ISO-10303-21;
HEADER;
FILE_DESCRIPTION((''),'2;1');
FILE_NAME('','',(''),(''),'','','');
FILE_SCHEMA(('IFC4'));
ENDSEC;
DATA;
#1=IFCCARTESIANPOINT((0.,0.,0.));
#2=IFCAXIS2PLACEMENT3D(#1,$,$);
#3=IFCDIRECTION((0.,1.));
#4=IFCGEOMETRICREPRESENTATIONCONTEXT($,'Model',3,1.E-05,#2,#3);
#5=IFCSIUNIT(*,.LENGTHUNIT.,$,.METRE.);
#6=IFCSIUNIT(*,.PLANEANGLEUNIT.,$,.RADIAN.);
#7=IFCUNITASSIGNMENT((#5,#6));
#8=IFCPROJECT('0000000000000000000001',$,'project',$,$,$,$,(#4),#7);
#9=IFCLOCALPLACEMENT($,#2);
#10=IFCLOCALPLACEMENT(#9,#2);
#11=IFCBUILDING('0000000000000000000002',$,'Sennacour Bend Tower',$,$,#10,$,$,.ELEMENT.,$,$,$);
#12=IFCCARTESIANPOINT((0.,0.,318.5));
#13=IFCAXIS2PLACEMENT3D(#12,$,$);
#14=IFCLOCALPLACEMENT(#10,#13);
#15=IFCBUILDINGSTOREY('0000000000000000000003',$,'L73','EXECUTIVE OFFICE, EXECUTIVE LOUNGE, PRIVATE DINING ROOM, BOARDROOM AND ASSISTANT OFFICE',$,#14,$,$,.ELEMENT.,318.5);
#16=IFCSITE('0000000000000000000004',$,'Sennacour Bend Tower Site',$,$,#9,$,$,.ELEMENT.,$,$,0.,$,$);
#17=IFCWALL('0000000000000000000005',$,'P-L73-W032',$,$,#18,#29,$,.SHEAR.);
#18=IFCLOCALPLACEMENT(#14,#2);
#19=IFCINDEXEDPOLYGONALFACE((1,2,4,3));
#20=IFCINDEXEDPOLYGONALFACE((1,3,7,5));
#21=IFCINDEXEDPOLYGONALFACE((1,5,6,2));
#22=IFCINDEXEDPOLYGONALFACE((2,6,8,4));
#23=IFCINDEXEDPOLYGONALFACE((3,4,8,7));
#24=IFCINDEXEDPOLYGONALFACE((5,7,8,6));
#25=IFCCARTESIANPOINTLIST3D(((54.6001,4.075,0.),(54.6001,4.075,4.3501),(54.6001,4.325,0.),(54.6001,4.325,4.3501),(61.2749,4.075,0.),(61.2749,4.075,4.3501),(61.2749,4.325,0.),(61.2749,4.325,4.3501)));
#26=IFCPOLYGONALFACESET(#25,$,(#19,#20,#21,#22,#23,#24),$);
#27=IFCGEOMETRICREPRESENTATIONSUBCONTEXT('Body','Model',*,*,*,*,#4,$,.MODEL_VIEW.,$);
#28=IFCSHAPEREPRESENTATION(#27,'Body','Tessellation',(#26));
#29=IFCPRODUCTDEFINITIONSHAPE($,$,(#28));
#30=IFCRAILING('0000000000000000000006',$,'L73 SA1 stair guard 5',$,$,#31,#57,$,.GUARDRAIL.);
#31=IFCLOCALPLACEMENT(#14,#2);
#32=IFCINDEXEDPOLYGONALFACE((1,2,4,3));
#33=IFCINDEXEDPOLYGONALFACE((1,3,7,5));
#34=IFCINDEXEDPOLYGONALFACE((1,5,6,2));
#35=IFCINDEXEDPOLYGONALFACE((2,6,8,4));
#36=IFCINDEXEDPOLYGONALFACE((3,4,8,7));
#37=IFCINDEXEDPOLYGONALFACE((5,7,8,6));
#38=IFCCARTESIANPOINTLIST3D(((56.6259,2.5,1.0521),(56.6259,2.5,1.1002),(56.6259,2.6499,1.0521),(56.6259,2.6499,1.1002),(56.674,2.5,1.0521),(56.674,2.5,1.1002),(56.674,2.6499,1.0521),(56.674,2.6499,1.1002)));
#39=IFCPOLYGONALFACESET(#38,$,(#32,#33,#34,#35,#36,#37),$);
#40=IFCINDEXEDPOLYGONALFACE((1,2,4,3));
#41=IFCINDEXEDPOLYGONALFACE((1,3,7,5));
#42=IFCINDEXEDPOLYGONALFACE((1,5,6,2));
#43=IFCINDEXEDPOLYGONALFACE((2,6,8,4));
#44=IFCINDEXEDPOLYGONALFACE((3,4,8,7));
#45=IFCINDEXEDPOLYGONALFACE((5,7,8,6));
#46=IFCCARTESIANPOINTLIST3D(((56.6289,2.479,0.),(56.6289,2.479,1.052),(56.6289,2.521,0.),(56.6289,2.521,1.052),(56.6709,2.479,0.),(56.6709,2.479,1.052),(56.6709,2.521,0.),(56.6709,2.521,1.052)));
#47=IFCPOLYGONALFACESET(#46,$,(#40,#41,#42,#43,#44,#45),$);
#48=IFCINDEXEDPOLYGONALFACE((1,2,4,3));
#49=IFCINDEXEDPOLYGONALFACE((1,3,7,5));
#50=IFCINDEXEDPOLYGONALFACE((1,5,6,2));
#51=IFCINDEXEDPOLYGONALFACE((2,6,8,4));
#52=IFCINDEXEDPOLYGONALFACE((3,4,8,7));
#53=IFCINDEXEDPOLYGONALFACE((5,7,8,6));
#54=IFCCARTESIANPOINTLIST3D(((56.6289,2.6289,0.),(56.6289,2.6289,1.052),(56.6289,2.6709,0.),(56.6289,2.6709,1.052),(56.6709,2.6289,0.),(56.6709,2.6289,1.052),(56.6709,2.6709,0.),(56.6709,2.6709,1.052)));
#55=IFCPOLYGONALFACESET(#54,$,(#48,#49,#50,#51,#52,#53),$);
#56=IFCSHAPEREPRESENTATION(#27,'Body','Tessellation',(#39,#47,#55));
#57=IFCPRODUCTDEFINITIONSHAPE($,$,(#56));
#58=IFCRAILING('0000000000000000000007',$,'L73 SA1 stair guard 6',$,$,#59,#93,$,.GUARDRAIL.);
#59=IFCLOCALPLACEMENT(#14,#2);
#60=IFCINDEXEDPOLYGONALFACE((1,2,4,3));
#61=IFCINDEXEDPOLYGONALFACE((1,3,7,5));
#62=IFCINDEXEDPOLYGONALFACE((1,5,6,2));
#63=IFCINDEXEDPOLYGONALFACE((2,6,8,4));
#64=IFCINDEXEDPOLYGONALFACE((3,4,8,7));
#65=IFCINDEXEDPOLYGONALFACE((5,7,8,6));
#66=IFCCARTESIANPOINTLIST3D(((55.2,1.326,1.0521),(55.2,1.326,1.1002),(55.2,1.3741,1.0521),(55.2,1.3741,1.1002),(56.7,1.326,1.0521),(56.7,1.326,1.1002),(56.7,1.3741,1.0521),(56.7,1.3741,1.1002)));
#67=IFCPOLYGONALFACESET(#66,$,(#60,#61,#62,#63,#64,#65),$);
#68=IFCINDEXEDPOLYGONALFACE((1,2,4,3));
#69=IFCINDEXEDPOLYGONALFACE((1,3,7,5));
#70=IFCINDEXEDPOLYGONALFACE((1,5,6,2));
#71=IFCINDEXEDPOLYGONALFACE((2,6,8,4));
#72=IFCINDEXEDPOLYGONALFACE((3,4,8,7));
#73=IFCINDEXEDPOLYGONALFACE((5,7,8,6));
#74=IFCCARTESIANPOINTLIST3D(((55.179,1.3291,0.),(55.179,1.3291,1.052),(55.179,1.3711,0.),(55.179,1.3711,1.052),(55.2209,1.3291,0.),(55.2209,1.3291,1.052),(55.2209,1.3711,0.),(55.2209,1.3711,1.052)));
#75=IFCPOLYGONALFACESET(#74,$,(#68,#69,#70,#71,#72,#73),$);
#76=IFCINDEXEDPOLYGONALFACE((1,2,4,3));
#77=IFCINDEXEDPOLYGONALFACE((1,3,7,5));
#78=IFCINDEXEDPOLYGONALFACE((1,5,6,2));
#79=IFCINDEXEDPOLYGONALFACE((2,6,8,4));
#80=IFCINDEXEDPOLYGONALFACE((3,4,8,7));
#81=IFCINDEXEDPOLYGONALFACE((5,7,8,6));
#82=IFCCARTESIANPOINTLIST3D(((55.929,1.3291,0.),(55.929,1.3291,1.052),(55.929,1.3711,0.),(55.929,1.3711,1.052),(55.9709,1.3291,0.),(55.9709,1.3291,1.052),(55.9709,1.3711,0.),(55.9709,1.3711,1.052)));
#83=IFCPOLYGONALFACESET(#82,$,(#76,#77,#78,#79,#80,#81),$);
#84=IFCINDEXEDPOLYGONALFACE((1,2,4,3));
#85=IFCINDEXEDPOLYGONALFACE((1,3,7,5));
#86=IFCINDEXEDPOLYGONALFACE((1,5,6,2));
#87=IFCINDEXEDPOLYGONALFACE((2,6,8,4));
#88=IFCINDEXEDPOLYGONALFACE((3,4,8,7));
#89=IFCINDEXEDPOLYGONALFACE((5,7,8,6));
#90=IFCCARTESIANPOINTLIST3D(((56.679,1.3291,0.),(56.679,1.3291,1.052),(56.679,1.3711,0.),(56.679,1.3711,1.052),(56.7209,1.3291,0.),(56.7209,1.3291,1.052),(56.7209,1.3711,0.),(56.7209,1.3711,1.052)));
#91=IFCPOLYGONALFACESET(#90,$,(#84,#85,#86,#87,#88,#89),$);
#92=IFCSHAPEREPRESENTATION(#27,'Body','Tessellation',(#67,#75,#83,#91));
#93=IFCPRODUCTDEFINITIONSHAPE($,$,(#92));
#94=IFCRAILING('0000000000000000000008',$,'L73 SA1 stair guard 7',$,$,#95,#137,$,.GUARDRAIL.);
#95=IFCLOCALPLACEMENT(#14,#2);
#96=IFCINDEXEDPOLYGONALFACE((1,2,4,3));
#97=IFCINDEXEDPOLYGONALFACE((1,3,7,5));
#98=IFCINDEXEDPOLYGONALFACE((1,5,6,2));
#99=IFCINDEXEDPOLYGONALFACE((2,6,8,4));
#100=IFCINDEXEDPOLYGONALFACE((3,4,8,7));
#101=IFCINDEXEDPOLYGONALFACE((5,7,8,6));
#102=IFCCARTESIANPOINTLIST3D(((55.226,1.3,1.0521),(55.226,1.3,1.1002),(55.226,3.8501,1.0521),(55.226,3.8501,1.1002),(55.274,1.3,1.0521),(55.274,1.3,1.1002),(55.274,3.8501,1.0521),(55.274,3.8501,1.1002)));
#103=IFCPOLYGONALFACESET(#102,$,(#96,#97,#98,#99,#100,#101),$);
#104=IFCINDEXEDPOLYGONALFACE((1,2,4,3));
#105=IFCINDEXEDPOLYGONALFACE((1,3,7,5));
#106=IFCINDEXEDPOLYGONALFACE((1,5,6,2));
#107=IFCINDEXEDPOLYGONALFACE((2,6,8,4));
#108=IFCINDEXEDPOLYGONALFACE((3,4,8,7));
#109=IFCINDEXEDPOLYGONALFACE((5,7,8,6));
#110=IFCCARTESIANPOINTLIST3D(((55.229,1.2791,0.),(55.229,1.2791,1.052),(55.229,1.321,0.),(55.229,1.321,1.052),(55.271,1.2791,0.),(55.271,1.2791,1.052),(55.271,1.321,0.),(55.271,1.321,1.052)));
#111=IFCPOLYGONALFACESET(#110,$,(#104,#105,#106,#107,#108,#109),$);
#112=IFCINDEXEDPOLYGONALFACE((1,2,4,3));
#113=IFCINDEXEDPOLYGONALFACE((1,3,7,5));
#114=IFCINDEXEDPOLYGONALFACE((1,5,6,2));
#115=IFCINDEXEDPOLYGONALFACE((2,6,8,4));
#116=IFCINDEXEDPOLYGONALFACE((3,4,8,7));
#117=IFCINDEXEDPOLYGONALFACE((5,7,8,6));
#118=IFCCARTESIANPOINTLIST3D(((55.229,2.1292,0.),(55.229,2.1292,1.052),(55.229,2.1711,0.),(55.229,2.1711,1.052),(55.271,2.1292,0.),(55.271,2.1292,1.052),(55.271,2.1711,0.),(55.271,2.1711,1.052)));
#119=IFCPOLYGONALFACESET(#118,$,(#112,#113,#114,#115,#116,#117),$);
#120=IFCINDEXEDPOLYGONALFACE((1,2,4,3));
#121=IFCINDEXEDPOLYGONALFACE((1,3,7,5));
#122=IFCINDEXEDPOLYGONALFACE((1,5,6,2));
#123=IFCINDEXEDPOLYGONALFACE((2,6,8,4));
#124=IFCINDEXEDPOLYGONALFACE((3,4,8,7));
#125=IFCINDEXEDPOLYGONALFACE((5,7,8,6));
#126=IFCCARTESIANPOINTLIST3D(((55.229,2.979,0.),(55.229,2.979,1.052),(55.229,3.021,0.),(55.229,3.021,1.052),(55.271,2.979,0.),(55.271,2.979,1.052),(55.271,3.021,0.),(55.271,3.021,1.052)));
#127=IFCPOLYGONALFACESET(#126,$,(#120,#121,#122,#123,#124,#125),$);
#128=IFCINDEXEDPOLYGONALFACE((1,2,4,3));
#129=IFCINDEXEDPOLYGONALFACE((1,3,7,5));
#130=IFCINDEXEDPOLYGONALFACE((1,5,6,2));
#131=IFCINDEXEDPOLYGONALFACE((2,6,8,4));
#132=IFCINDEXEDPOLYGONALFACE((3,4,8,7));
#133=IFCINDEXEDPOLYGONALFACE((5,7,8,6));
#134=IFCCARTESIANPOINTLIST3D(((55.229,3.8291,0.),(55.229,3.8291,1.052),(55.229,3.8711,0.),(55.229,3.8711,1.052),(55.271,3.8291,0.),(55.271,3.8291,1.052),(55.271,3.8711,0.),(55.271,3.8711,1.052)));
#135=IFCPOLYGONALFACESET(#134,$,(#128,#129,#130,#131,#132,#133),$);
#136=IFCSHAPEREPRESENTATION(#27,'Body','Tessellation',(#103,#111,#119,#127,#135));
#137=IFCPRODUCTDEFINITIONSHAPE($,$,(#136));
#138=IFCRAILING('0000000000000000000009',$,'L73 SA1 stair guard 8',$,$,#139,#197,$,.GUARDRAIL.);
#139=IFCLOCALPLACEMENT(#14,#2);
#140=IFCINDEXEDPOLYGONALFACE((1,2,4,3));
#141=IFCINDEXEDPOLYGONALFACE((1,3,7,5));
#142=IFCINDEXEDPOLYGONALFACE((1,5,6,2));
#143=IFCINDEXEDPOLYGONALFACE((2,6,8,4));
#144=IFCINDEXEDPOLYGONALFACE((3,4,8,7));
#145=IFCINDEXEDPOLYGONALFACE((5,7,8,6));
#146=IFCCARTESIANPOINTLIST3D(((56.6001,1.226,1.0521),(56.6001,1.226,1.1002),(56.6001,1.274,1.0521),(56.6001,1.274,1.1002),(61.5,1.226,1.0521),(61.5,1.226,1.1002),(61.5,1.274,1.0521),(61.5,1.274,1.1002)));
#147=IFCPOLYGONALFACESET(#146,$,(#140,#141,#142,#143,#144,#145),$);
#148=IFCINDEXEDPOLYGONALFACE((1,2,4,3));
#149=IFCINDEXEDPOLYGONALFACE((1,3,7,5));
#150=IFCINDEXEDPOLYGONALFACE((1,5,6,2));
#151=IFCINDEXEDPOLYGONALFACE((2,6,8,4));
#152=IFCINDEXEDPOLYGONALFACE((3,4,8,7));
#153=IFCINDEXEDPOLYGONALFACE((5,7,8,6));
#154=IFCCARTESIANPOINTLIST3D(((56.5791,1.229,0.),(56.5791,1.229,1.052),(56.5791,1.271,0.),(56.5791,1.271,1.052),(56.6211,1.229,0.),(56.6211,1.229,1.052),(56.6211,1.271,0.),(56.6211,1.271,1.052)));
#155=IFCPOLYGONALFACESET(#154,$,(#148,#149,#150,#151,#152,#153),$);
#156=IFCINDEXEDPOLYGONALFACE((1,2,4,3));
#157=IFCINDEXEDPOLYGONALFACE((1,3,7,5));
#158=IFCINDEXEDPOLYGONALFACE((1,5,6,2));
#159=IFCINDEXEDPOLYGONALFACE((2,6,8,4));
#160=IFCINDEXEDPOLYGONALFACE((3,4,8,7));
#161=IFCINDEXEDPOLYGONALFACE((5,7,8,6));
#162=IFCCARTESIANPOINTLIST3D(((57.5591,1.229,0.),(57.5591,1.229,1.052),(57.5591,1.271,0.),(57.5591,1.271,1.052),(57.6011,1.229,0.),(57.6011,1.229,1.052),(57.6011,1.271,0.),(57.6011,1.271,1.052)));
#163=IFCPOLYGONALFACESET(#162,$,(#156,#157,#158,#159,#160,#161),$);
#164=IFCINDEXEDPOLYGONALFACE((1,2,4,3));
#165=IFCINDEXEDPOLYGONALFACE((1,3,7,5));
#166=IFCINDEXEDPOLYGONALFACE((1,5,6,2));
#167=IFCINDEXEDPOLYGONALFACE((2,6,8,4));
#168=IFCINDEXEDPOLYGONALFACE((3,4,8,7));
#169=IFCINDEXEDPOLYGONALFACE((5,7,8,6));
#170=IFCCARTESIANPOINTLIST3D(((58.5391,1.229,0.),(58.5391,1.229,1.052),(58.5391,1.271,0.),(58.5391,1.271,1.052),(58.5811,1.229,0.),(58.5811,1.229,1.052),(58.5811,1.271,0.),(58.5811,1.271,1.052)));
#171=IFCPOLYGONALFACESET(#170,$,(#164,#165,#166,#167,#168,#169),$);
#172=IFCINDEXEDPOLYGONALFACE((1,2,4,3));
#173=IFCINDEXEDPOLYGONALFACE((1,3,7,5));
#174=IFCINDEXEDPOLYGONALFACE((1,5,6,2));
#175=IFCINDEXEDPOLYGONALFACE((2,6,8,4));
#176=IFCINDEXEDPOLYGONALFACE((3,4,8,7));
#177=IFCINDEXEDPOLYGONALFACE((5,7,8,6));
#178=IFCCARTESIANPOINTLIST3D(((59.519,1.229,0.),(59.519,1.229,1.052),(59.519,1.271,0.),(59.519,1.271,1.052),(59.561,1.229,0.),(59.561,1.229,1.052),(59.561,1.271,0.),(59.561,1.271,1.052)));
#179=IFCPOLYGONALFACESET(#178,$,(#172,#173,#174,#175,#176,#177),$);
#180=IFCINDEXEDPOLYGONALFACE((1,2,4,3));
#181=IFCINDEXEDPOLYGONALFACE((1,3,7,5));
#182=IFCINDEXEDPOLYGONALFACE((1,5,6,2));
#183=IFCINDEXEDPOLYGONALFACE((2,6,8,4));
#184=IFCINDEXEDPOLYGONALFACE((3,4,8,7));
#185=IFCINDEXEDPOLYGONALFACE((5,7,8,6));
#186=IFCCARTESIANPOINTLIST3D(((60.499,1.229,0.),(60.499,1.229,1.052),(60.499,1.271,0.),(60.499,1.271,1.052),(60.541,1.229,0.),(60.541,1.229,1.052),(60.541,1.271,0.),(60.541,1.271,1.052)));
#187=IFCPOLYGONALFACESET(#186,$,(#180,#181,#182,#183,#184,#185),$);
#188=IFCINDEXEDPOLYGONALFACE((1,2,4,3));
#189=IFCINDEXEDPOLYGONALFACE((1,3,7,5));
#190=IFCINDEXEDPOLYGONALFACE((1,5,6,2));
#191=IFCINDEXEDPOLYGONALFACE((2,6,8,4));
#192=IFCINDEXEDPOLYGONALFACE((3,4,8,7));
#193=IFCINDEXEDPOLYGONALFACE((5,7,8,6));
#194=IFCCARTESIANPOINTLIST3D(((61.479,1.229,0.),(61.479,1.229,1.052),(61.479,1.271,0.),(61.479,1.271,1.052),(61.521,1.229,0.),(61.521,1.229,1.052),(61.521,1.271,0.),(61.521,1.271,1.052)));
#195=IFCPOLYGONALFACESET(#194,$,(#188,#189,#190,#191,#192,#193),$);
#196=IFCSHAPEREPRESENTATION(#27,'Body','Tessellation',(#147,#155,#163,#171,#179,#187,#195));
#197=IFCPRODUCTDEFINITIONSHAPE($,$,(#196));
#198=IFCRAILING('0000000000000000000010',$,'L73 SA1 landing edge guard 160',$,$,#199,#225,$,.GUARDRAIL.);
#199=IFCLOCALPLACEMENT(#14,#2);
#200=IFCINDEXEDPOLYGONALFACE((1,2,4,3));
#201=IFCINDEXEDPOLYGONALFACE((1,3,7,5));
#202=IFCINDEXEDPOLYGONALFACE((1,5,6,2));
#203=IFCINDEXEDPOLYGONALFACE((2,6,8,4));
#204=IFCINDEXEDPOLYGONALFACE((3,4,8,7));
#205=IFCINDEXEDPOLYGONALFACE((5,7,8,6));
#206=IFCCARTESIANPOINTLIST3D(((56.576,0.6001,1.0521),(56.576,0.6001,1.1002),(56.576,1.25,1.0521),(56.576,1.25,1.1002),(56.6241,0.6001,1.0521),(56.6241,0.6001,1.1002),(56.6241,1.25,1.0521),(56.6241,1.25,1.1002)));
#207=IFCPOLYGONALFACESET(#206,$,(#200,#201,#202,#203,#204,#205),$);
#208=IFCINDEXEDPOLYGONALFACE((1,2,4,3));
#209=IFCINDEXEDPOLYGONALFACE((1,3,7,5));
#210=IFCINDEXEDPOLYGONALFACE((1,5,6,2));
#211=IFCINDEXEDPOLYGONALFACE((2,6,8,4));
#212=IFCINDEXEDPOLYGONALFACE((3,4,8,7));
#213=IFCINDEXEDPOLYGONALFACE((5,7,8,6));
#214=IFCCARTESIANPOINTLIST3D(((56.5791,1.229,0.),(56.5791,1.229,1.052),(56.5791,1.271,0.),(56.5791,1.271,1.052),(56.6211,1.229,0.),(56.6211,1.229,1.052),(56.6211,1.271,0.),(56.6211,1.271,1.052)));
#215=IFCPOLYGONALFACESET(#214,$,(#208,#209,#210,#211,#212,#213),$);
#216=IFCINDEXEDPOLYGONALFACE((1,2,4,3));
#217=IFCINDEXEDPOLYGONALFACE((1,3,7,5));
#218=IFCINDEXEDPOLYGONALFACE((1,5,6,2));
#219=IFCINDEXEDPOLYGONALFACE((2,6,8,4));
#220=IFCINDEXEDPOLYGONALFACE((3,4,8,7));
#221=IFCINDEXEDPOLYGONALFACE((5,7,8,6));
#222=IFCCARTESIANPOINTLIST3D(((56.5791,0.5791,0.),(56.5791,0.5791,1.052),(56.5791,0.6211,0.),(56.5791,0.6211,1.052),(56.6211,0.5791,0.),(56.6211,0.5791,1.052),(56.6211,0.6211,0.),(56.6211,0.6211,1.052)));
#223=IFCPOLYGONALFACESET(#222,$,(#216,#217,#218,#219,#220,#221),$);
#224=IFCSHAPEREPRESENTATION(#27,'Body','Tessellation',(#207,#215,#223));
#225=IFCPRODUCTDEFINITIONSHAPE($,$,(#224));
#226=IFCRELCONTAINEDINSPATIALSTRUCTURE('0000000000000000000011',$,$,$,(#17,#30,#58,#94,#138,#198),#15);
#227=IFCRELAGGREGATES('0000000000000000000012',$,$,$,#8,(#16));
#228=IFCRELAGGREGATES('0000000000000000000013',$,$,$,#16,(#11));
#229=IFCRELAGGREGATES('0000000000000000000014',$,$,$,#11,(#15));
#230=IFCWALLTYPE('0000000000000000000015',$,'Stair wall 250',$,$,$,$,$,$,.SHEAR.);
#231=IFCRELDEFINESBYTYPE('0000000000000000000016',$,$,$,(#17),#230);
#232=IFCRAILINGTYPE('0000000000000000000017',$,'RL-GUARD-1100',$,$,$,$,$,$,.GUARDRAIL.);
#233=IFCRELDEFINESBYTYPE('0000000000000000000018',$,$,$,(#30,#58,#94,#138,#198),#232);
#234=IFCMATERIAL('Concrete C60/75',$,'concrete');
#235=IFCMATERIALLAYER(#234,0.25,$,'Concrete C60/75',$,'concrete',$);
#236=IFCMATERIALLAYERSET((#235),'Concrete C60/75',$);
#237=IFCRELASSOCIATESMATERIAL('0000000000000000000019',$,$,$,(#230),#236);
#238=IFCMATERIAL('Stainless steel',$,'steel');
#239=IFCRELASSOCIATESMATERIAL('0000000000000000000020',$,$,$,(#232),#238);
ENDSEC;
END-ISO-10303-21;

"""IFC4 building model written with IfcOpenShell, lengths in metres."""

from ifc_helpers import new_model, si_unit, direction, frame, frame_2d, origin, origin_2d, place, context, subcontext, project, spatial, rectangle, extrude, material, layer, layer_set, type_object, element, save


model = new_model("IFC4")

# Units and contexts
model_context = context("Model", 3, precision=1e-05, world=origin(), true_north=direction((0.0, 1.0)))
body_context = subcontext(model_context, "Body", "Model", "MODEL_VIEW")
ifc_project = project(units=[si_unit("LENGTHUNIT", "METRE"), si_unit("PLANEANGLEUNIT", "RADIAN")], contexts=[model_context])

# Site, building, storey
site_placement = place(None, origin())
site = spatial("IfcSite", under=ifc_project, at=site_placement, Name="Sennacour Bend Tower Site", CompositionType="ELEMENT", RefElevation=0.0)
building_placement = place(site_placement, origin())
building = spatial("IfcBuilding", under=site, at=building_placement, Name="Sennacour Bend Tower", CompositionType="ELEMENT")
storey_placement = place(building_placement, frame((0.0, 0.0, 318.5)))
storey = spatial("IfcBuildingStorey", under=building, at=storey_placement, Name="L73", Description="EXECUTIVE OFFICE, EXECUTIVE LOUNGE, PRIVATE DINING ROOM, BOARDROOM AND ASSISTANT OFFICE", CompositionType="ELEMENT", Elevation=318.5)

# Shared definitions
ifc_material_1 = material(Name="Stainless steel", Category="steel")

# Wall
ifc_material_2 = material(Name="Concrete C60/75", Category="concrete")
ifc_layer_1 = layer(ifc_material_2, 0.25, Name="Concrete C60/75", Category="concrete")
ifc_layer_set_1 = layer_set([ifc_layer_1], Name="Concrete C60/75")
wall_type_1 = type_object("IfcWallType", Name="Stair wall 250", PredefinedType="SHEAR", material=ifc_layer_set_1)
wall_1_placement = place(storey_placement, frame((54.6001, 4.2, 0.0), z_axis=(0.0, 0.0, 1.0), x_axis=(1.0, 0.0, 0.0)))
element("IfcWall", 1, at=wall_1_placement, inside=storey, type_object=wall_type_1, Name="P-L73-W032", PredefinedType="SHEAR", context=body_context, shape_type="SweptSolid", body=[
    extrude(rectangle(XDim=6.6748, YDim=0.25, at=frame_2d((3.3374, 0.0))), origin(), (0.0, 0.0, 1.0), 4.3501),
])

# Railings
railing_type_1 = type_object("IfcRailingType", Name="RL-GUARD-1100", PredefinedType="GUARDRAIL", material=ifc_material_1)
railing_1_placement = place(storey_placement, frame((56.6499, 2.5, 0.0)))
element("IfcRailing", 2, at=railing_1_placement, inside=storey, type_object=railing_type_1, Name="L73 SA1 stair guard 5", PredefinedType="GUARDRAIL", context=body_context, shape_type="SweptSolid", body=[
    extrude(rectangle(XDim=0.0481, YDim=0.0481, at=origin_2d()), frame((0.0, 0.0, 1.0762), z_axis=(0.0, 1.0, 0.0), x_axis=(-1.0, 0.0, 0.0)), (0.0, 0.0, 1.0), 0.1499),
    extrude(rectangle(XDim=0.042, YDim=0.042, at=origin_2d()), origin(), (0.0, 0.0, 1.0), 1.052),
    extrude(rectangle(XDim=0.042, YDim=0.042, at=origin_2d()), frame((0.0, 0.1499, 0.0)), (0.0, 0.0, 1.0), 1.052),
])
railing_2_placement = place(storey_placement, frame((55.2, 1.3501, 0.0)))
element("IfcRailing", 3, at=railing_2_placement, inside=storey, type_object=railing_type_1, Name="L73 SA1 stair guard 6", PredefinedType="GUARDRAIL", context=body_context, shape_type="SweptSolid", body=[
    extrude(rectangle(XDim=0.0481, YDim=0.0481, at=origin_2d()), frame((0.0, 0.0, 1.0762), z_axis=(1.0, 0.0, 0.0), x_axis=(0.0, 1.0, 0.0)), (0.0, 0.0, 1.0), 1.5),
    extrude(rectangle(XDim=0.042, YDim=0.042, at=origin_2d()), origin(), (0.0, 0.0, 1.0), 1.052),
    extrude(rectangle(XDim=0.042, YDim=0.042, at=origin_2d()), frame((0.75, 0.0, 0.0)), (0.0, 0.0, 1.0), 1.052),
    extrude(rectangle(XDim=0.042, YDim=0.042, at=origin_2d()), frame((1.5, 0.0, 0.0)), (0.0, 0.0, 1.0), 1.052),
])
railing_3_placement = place(storey_placement, frame((55.25, 1.3, 0.0)))
element("IfcRailing", 4, at=railing_3_placement, inside=storey, type_object=railing_type_1, Name="L73 SA1 stair guard 7", PredefinedType="GUARDRAIL", context=body_context, shape_type="SweptSolid", body=[
    extrude(rectangle(XDim=0.0481, YDim=0.0481, at=origin_2d()), frame((0.0, 0.0, 1.0762), z_axis=(0.0, 1.0, 0.0), x_axis=(-1.0, 0.0, 0.0)), (0.0, 0.0, 1.0), 2.55),
    extrude(rectangle(XDim=0.042, YDim=0.042, at=origin_2d()), origin(), (0.0, 0.0, 1.0), 1.052),
    extrude(rectangle(XDim=0.042, YDim=0.042, at=origin_2d()), frame((0.0, 0.8501, 0.0)), (0.0, 0.0, 1.0), 1.052),
    extrude(rectangle(XDim=0.042, YDim=0.042, at=origin_2d()), frame((0.0, 1.7, 0.0)), (0.0, 0.0, 1.0), 1.052),
    extrude(rectangle(XDim=0.042, YDim=0.042, at=origin_2d()), frame((0.0, 2.55, 0.0)), (0.0, 0.0, 1.0), 1.052),
])
railing_4_placement = place(storey_placement, frame((56.6001, 1.25, 0.0)))
element("IfcRailing", 5, at=railing_4_placement, inside=storey, type_object=railing_type_1, Name="L73 SA1 stair guard 8", PredefinedType="GUARDRAIL", context=body_context, shape_type="SweptSolid", body=[
    extrude(rectangle(XDim=0.0481, YDim=0.0481, at=origin_2d()), frame((0.0, 0.0, 1.0762), z_axis=(1.0, 0.0, 0.0), x_axis=(0.0, 1.0, 0.0)), (0.0, 0.0, 1.0), 4.8999),
    extrude(rectangle(XDim=0.042, YDim=0.042, at=origin_2d()), origin(), (0.0, 0.0, 1.0), 1.052),
    extrude(rectangle(XDim=0.042, YDim=0.042, at=origin_2d()), frame((0.98, 0.0, 0.0)), (0.0, 0.0, 1.0), 1.052),
    extrude(rectangle(XDim=0.042, YDim=0.042, at=origin_2d()), frame((1.96, 0.0, 0.0)), (0.0, 0.0, 1.0), 1.052),
    extrude(rectangle(XDim=0.042, YDim=0.042, at=origin_2d()), frame((2.9399, 0.0, 0.0)), (0.0, 0.0, 1.0), 1.052),
    extrude(rectangle(XDim=0.042, YDim=0.042, at=origin_2d()), frame((3.9199, 0.0, 0.0)), (0.0, 0.0, 1.0), 1.052),
    extrude(rectangle(XDim=0.042, YDim=0.042, at=origin_2d()), frame((4.8999, 0.0, 0.0)), (0.0, 0.0, 1.0), 1.052),
])
railing_5_placement = place(storey_placement, frame((56.6001, 1.25, 0.0)))
element("IfcRailing", 6, at=railing_5_placement, inside=storey, type_object=railing_type_1, Name="L73 SA1 landing edge guard 160", PredefinedType="GUARDRAIL", context=body_context, shape_type="SweptSolid", body=[
    extrude(rectangle(XDim=0.0481, YDim=0.0481, at=origin_2d()), frame((0.0, 0.0, 1.0762), z_axis=(0.0, -1.0, 0.0), x_axis=(1.0, 0.0, 0.0)), (0.0, 0.0, 1.0), 0.6499),
    extrude(rectangle(XDim=0.042, YDim=0.042, at=origin_2d()), origin(), (0.0, 0.0, 1.0), 1.052),
    extrude(rectangle(XDim=0.042, YDim=0.042, at=origin_2d()), frame((0.0, -0.6499, 0.0)), (0.0, 0.0, 1.0), 1.052),
])

save(model, "model.ifc")
